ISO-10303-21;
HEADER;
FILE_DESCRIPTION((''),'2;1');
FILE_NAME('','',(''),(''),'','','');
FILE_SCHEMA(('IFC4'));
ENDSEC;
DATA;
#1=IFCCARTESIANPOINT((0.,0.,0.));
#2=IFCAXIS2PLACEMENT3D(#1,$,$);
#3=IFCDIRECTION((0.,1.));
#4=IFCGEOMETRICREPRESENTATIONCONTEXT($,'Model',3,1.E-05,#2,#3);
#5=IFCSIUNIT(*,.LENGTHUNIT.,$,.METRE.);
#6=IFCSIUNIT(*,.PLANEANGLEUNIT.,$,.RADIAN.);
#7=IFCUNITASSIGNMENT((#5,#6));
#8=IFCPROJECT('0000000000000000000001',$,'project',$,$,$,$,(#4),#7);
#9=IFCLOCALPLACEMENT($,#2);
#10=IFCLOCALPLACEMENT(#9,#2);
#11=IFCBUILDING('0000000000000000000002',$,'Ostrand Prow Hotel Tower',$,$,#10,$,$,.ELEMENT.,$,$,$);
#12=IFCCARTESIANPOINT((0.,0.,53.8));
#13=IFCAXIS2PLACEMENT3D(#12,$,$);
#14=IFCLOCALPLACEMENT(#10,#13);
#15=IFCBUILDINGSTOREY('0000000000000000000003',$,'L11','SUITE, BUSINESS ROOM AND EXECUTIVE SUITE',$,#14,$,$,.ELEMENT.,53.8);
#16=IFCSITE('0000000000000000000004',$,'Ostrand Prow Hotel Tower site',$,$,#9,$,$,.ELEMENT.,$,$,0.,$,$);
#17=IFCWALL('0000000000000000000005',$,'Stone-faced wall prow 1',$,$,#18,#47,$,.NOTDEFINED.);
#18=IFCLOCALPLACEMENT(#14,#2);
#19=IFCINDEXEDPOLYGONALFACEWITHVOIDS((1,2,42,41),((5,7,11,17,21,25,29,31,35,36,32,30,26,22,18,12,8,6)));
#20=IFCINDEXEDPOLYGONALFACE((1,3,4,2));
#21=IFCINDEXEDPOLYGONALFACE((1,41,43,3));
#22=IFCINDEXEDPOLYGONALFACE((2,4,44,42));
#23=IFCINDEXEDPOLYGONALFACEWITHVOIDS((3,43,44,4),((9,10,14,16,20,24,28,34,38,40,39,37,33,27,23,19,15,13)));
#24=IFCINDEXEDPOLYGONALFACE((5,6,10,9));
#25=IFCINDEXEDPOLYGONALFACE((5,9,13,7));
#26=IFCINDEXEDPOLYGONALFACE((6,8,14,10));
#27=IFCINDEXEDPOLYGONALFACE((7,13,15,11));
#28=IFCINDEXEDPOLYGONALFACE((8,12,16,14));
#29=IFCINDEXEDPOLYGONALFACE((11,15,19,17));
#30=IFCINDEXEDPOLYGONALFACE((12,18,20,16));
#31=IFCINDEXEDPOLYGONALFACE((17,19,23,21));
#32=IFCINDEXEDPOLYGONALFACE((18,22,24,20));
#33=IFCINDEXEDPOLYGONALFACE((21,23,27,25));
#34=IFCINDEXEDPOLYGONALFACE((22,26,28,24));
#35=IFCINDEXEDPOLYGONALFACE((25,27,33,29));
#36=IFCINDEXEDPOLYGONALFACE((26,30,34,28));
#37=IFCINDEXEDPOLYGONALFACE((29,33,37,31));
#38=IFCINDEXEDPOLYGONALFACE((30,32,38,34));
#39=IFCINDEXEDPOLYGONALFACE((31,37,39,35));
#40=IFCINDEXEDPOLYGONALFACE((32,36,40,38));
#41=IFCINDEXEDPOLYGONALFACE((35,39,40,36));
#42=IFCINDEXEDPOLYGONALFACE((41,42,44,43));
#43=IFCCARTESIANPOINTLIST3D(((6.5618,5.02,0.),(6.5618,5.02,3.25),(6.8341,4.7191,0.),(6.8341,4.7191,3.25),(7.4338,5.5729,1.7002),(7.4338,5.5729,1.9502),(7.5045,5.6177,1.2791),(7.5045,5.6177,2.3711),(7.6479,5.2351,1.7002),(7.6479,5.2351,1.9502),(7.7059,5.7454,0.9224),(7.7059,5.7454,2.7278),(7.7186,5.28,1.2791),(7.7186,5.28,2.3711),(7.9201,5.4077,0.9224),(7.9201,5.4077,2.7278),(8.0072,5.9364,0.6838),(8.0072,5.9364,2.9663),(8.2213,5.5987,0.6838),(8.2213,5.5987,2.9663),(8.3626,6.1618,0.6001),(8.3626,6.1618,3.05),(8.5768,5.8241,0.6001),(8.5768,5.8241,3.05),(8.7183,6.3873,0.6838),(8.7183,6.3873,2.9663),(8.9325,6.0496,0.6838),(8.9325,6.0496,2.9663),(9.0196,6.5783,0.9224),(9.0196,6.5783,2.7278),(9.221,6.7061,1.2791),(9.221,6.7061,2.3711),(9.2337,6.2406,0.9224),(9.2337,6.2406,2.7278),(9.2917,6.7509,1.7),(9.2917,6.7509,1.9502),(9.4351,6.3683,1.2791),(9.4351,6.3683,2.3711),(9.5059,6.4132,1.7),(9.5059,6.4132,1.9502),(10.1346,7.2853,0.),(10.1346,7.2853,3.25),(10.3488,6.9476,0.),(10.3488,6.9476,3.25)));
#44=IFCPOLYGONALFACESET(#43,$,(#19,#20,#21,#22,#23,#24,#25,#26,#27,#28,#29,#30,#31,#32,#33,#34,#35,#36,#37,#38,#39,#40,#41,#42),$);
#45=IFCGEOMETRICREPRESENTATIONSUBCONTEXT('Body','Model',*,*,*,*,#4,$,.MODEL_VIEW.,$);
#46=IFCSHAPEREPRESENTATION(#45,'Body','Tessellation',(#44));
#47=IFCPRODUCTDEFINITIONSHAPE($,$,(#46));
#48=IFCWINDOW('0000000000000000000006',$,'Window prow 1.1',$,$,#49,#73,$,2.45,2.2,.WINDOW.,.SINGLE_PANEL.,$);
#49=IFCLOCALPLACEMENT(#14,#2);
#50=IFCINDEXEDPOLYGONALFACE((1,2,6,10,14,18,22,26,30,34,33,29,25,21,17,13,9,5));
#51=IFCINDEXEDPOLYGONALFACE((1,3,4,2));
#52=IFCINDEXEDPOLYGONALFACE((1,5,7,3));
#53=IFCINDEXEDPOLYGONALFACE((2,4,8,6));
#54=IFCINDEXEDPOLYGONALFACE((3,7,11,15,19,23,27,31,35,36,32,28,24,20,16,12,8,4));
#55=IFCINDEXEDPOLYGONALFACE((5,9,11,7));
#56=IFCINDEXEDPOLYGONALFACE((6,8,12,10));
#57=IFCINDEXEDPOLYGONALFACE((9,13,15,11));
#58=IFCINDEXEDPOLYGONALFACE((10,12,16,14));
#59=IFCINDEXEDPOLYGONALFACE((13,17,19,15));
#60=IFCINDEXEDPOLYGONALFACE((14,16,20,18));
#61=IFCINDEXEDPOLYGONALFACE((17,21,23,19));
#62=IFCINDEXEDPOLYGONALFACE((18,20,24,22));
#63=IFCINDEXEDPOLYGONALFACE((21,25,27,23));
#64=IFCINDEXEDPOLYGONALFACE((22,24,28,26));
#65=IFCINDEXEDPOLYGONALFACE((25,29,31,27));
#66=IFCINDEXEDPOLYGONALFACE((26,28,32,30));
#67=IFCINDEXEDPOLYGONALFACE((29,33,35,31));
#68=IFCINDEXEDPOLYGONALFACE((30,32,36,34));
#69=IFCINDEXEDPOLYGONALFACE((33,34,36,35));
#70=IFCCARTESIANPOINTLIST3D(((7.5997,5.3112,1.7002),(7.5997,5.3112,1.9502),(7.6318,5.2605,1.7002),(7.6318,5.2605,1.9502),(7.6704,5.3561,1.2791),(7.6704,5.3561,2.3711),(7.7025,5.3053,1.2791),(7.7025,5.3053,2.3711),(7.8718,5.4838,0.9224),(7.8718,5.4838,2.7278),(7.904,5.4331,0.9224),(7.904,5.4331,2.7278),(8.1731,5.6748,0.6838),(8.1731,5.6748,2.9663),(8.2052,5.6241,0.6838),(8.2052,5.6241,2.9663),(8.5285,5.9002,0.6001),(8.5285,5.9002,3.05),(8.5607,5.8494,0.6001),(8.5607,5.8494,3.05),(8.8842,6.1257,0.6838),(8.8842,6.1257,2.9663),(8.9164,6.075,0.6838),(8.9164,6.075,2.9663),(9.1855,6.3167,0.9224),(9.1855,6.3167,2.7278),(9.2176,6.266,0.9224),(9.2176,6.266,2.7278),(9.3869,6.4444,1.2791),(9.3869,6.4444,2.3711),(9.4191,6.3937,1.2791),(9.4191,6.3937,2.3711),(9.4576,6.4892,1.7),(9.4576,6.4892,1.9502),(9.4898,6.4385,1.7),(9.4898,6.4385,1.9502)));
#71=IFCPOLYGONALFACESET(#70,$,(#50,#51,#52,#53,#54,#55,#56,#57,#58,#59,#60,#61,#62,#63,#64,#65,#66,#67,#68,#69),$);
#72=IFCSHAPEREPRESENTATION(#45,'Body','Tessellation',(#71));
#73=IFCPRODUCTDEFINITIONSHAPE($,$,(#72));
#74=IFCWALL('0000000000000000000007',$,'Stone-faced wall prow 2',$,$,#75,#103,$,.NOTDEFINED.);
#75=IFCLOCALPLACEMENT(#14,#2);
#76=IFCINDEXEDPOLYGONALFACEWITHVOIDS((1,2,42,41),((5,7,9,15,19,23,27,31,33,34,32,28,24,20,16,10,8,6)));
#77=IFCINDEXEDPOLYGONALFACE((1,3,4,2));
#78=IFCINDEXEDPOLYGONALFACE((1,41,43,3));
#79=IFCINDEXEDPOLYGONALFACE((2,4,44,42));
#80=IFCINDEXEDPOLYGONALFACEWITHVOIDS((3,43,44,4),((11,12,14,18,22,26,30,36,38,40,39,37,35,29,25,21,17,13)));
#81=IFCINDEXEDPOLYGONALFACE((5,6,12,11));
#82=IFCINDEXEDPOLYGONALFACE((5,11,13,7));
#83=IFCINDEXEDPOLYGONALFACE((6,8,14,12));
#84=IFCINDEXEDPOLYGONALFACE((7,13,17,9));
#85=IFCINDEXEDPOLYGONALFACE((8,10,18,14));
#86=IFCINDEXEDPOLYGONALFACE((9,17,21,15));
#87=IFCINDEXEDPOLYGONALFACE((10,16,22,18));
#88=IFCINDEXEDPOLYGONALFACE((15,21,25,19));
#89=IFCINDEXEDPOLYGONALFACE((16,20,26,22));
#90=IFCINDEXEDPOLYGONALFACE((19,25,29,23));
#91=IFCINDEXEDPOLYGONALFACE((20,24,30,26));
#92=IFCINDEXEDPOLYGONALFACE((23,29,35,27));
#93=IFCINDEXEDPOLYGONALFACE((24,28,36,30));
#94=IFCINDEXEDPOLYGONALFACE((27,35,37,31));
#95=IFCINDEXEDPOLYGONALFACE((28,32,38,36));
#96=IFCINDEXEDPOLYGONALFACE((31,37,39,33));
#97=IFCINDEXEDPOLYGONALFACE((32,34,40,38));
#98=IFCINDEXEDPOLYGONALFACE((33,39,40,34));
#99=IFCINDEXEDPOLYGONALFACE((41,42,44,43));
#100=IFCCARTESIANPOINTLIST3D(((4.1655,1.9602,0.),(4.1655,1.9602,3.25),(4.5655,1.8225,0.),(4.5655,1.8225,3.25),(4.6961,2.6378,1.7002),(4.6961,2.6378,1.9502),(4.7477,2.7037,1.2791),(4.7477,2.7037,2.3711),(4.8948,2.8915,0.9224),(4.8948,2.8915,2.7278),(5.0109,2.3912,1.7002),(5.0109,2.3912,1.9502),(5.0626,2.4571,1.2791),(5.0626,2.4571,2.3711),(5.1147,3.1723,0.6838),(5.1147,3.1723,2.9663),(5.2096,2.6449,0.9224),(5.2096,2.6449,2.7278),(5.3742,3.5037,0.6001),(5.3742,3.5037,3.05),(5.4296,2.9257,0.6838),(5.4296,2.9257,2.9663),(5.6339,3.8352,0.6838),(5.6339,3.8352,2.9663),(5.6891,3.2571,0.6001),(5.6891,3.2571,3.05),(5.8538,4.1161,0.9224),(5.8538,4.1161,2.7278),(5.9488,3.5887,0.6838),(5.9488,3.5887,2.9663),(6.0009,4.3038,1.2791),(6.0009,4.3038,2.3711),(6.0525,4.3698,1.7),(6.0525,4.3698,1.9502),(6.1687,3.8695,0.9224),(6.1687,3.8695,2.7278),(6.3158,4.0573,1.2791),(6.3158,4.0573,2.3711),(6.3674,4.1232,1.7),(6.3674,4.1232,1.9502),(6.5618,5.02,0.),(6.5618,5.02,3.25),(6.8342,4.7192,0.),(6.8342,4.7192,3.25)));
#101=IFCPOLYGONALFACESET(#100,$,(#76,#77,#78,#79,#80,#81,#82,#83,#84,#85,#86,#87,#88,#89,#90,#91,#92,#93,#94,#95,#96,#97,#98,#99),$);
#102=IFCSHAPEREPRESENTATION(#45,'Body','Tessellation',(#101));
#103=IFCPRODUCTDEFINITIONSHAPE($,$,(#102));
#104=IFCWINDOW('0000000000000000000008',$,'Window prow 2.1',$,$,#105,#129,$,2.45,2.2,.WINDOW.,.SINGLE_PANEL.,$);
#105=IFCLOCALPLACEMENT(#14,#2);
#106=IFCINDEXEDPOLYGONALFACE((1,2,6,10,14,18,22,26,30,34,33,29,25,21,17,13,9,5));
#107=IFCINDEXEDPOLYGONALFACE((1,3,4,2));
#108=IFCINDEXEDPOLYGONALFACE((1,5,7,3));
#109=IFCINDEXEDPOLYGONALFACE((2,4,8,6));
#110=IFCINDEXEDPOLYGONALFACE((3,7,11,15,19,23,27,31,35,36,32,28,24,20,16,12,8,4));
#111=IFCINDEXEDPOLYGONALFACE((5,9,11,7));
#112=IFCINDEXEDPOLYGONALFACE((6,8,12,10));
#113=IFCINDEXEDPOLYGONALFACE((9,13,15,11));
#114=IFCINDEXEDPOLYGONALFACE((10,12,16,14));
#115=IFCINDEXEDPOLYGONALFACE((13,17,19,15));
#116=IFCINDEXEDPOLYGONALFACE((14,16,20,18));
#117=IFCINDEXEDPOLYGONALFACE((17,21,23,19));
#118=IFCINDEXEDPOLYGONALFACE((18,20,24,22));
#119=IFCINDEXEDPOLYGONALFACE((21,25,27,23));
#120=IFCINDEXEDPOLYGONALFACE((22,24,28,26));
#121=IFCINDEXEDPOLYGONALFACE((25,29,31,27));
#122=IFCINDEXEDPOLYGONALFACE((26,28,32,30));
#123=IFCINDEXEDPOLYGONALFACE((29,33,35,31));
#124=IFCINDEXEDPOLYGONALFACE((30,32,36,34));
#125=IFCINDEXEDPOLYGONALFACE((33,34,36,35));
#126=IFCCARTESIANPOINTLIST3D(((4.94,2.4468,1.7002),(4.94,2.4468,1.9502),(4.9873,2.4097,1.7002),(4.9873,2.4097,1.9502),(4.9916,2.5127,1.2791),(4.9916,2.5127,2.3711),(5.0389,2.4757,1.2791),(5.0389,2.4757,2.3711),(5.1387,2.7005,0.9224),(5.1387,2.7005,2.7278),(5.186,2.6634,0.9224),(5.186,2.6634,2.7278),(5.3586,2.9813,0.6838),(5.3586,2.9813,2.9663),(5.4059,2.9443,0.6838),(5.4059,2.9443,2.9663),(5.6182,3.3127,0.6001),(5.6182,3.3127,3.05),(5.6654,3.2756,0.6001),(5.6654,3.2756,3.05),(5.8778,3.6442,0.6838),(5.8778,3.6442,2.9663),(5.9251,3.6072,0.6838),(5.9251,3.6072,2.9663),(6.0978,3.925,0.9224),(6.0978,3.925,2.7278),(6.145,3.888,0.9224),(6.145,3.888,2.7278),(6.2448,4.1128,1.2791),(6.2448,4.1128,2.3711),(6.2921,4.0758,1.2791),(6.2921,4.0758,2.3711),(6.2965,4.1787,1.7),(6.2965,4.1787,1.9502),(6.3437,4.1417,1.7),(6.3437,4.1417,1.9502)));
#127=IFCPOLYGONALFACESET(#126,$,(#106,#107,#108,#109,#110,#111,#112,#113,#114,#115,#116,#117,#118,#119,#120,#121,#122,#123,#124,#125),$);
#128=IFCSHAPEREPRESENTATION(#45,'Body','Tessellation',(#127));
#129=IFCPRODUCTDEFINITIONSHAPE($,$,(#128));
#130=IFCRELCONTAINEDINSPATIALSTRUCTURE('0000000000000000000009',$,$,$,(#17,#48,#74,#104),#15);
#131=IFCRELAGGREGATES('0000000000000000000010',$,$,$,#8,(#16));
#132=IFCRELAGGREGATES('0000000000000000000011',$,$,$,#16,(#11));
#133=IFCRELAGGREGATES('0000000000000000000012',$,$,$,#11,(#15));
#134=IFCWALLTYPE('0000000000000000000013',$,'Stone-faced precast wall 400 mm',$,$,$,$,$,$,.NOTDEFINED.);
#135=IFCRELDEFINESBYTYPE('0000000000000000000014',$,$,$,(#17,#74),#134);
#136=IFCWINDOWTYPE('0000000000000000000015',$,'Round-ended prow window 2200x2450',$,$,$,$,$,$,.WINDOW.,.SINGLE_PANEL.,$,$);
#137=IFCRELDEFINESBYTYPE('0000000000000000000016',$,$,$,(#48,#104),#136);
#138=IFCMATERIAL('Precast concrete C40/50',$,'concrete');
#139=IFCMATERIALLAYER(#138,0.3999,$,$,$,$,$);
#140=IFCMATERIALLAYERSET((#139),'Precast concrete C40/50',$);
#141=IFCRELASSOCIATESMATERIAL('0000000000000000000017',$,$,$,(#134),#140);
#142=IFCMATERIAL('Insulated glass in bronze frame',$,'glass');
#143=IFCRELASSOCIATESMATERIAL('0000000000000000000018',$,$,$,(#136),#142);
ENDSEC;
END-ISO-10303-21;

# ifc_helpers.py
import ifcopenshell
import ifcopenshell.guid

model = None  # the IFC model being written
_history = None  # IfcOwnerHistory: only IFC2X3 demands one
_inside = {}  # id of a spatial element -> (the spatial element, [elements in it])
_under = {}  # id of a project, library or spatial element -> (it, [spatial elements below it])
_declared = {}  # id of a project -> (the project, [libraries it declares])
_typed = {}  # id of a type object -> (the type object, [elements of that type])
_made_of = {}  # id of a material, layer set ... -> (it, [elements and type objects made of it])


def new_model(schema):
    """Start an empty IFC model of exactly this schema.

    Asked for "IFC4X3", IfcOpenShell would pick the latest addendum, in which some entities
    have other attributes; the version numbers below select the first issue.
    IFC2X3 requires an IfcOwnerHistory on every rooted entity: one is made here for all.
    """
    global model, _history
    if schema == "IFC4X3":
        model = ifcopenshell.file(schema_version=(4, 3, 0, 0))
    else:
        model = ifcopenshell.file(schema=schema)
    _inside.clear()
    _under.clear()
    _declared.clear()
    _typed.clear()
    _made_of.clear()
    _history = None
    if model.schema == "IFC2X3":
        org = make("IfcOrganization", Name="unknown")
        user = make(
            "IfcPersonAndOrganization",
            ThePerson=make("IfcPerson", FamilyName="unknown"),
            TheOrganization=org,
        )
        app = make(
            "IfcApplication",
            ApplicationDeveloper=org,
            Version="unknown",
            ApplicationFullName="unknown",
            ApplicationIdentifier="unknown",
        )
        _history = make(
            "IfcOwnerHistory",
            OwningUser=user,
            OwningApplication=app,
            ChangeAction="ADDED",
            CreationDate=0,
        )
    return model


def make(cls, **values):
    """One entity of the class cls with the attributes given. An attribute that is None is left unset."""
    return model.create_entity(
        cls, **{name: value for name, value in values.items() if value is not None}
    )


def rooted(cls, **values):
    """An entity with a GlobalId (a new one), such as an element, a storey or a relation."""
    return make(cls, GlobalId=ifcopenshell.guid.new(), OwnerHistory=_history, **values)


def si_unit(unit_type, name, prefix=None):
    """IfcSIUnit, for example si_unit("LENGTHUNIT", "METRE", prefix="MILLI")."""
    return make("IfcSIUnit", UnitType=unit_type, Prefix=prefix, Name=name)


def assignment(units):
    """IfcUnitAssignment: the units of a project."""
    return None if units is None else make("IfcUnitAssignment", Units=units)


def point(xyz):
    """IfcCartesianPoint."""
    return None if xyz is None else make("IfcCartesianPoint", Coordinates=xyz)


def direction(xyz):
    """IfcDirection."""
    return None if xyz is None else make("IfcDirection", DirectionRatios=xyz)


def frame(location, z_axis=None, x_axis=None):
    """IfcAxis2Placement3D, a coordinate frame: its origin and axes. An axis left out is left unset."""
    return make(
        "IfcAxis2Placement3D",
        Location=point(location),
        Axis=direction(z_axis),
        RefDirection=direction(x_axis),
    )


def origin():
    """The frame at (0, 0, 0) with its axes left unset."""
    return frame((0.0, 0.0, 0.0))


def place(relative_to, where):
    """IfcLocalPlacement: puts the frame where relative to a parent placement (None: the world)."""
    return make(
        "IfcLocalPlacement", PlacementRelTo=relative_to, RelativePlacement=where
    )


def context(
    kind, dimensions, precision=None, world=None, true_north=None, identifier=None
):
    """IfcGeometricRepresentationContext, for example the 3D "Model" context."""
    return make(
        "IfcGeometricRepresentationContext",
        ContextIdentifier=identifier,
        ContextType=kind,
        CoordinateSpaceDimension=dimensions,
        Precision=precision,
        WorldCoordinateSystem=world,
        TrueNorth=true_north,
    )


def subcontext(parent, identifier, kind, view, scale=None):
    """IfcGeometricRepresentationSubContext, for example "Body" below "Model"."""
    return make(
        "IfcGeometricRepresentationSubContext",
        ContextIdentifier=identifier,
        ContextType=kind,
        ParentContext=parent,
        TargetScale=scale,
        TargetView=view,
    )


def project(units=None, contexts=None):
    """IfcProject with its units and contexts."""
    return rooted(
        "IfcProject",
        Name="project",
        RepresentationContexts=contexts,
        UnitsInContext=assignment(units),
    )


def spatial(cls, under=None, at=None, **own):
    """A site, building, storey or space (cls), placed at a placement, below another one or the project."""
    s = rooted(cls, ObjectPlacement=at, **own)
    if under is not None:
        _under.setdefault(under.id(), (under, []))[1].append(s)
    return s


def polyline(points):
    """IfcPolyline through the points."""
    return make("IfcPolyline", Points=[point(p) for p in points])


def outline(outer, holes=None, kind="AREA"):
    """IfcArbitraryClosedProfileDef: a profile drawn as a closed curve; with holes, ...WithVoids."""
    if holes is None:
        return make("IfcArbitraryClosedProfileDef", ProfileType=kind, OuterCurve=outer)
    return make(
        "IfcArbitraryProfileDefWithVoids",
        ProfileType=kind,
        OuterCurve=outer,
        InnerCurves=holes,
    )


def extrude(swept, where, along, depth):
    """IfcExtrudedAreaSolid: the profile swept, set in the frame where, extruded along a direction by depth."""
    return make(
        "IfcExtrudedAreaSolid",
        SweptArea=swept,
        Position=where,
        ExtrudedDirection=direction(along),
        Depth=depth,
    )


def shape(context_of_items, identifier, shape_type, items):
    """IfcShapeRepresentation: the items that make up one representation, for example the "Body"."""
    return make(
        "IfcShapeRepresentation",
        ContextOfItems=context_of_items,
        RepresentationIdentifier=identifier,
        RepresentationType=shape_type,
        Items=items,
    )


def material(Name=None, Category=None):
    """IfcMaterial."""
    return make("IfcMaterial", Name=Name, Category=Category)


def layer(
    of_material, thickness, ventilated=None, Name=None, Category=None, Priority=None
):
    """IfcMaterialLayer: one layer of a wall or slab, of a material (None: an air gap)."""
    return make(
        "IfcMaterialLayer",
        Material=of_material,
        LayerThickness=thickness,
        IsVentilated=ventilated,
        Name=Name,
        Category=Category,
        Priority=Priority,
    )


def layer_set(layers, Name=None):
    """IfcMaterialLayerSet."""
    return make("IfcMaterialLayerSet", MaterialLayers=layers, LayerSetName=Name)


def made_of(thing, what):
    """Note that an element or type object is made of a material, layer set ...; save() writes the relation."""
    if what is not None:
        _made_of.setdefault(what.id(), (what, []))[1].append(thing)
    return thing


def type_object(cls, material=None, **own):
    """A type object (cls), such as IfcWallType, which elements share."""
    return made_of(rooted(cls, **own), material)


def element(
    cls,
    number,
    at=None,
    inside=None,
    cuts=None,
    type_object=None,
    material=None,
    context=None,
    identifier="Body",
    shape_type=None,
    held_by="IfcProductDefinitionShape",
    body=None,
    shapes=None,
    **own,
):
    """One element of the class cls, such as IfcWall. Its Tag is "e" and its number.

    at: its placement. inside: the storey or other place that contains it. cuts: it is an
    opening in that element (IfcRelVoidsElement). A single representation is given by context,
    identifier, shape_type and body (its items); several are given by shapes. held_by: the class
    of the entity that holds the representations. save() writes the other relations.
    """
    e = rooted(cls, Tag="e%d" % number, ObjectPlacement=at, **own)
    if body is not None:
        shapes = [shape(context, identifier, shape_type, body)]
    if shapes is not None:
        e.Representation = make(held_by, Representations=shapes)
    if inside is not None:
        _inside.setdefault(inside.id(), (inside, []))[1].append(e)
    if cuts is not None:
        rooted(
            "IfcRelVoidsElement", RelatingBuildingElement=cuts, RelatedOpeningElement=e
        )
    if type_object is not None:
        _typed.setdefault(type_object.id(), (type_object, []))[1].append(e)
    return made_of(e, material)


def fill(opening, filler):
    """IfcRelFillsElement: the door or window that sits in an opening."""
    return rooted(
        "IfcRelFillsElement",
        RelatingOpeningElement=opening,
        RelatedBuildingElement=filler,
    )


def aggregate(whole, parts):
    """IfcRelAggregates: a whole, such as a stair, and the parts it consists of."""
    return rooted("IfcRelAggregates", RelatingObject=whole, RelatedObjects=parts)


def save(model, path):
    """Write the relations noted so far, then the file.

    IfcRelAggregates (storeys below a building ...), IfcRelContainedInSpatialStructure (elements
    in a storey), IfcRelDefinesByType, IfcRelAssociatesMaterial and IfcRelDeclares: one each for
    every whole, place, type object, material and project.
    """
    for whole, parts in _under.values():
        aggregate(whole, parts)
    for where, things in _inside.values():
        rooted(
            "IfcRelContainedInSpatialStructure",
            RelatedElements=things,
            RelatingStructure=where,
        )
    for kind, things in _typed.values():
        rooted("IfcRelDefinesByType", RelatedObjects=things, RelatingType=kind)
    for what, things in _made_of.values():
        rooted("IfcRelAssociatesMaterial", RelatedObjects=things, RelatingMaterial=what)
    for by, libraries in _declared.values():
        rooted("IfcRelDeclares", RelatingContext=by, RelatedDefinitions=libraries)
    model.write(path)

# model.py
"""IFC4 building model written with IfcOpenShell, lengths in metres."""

from ifc_helpers import new_model, si_unit, direction, frame, origin, place, context, subcontext, project, spatial, polyline, outline, extrude, material, layer, layer_set, type_object, element, fill, save


model = new_model("IFC4")

# Units and contexts
model_context = context("Model", 3, precision=1e-05, world=origin(), true_north=direction((0.0, 1.0)))
body_context = subcontext(model_context, "Body", "Model", "MODEL_VIEW")
ifc_project = project(units=[si_unit("LENGTHUNIT", "METRE"), si_unit("PLANEANGLEUNIT", "RADIAN")], contexts=[model_context])

# Site, building, storey
site_placement = place(None, origin())
site = spatial("IfcSite", under=ifc_project, at=site_placement, Name="Ostrand Prow Hotel Tower site", CompositionType="ELEMENT", RefElevation=0.0)
building_placement = place(site_placement, origin())
building = spatial("IfcBuilding", under=site, at=building_placement, Name="Ostrand Prow Hotel Tower", CompositionType="ELEMENT")
storey_placement = place(building_placement, frame((0.0, 0.0, 53.8)))
storey = spatial("IfcBuildingStorey", under=building, at=storey_placement, Name="L11", Description="SUITE, BUSINESS ROOM AND EXECUTIVE SUITE", CompositionType="ELEMENT", Elevation=53.8)

# Walls, openings, windows
ifc_material_1 = material(Name="Precast concrete C40/50", Category="concrete")
ifc_layer_1 = layer(ifc_material_1, 0.3999)
ifc_layer_set_1 = layer_set([ifc_layer_1], Name="Precast concrete C40/50")
wall_type_1 = type_object("IfcWallType", Name="Stone-faced precast wall 400 mm", PredefinedType="NOTDEFINED", material=ifc_layer_set_1)
wall_1_placement = place(storey_placement, frame((10.2417, 7.1165, 0.0), z_axis=(0.0, 0.0, 1.0), x_axis=(-0.844552, -0.535474, 0.0)))
wall_1 = element("IfcWall", 1, at=wall_1_placement, inside=storey, type_object=wall_type_1, Name="Stone-faced wall prow 1", PredefinedType="NOTDEFINED", context=body_context, shape_type="SweptSolid", body=[
    extrude(outline(polyline([(0.0, -0.2), (4.2305, -0.2), (4.1616, 0.2), (0.0, 0.2), (0.0, -0.2)])), origin(), (0.0, 0.0, 1.0), 3.25),
])
opening_1_placement = place(wall_1_placement, frame((0.998, 0.0, 0.6001)))
opening_1 = element("IfcOpeningElement", 2, at=opening_1_placement, cuts=wall_1, PredefinedType="OPENING", context=body_context, shape_type="SweptSolid", body=[
    extrude(outline(polyline([(0.0, 1.3501), (0.0837, 1.771), (0.3223, 2.1277), (0.679, 2.3662), (1.1001, 2.45), (1.521, 2.3662), (1.8777, 2.1277), (2.1162, 1.771), (2.2, 1.3501), (2.2, 1.1001), (2.1162, 0.679), (1.8777, 0.3223), (1.521, 0.0837), (1.1001, 0.0), (0.679, 0.0837), (0.3223, 0.3223), (0.0837, 0.679), (0.0, 1.0999), (0.0, 1.3501)])), frame((0.0, 0.21, 0.0), z_axis=(0.0, -1.0, 0.0), x_axis=(1.0, 0.0, 0.0)), (0.0, 0.0, 1.0), 0.4199),
])
ifc_material_2 = material(Name="Insulated glass in bronze frame", Category="glass")
window_type = type_object("IfcWindowType", Name="Round-ended prow window 2200x2450", PartitioningType="SINGLE_PANEL", PredefinedType="WINDOW", material=ifc_material_2)
window_1_placement = place(opening_1_placement, origin())
window_1 = element("IfcWindow", 3, at=window_1_placement, inside=storey, type_object=window_type, Name="Window prow 1.1", OverallHeight=2.45, OverallWidth=2.2, PartitioningType="SINGLE_PANEL", PredefinedType="WINDOW", context=body_context, shape_type="SweptSolid", body=[
    extrude(outline(polyline([(0.0, 1.3501), (0.0837, 1.771), (0.3223, 2.1277), (0.679, 2.3662), (1.1001, 2.45), (1.521, 2.3662), (1.8777, 2.1277), (2.1162, 1.771), (2.2, 1.3501), (2.2, 1.1001), (2.1162, 0.679), (1.8777, 0.3223), (1.521, 0.0837), (1.1001, 0.0), (0.679, 0.0837), (0.3223, 0.3223), (0.0837, 0.679), (0.0, 1.0999), (0.0, 1.3501)])), frame((0.0, 0.1699, 0.0), z_axis=(0.0, -1.0, 0.0), x_axis=(1.0, 0.0, 0.0)), (0.0, 0.0, 1.0), 0.0601),
])
fill(opening_1, window_1)
wall_2_placement = place(storey_placement, frame((6.698, 4.8696, 0.0), z_axis=(0.0, 0.0, 1.0), x_axis=(-0.616587, -0.787287, 0.0)))
wall_2 = element("IfcWall", 4, at=wall_2_placement, inside=storey, type_object=wall_type_1, Name="Stone-faced wall prow 2", PredefinedType="NOTDEFINED", context=body_context, shape_type="SweptSolid", body=[
    extrude(outline(polyline([(-0.0344, -0.2), (3.8521, -0.2), (3.7139, 0.2), (0.0344, 0.2), (-0.0344, -0.2)])), origin(), (0.0, 0.0, 1.0), 3.25),
])
opening_2_placement = place(wall_2_placement, frame((0.7915, 0.0, 0.6001)))
opening_2 = element("IfcOpeningElement", 5, at=opening_2_placement, cuts=wall_2, PredefinedType="OPENING", context=body_context, shape_type="SweptSolid", body=[
    extrude(outline(polyline([(0.0, 1.3501), (0.0837, 1.771), (0.3223, 2.1277), (0.679, 2.3662), (1.1001, 2.45), (1.521, 2.3662), (1.8777, 2.1277), (2.1162, 1.771), (2.2, 1.3501), (2.2, 1.1001), (2.1162, 0.679), (1.8777, 0.3223), (1.521, 0.0837), (1.1001, 0.0), (0.679, 0.0837), (0.3223, 0.3223), (0.0837, 0.679), (0.0, 1.0999), (0.0, 1.3501)])), frame((0.0, 0.21, 0.0), z_axis=(0.0, -1.0, 0.0), x_axis=(1.0, 0.0, 0.0)), (0.0, 0.0, 1.0), 0.4199),
])
window_2_placement = place(opening_2_placement, origin())
window_2 = element("IfcWindow", 6, at=window_2_placement, inside=storey, type_object=window_type, Name="Window prow 2.1", OverallHeight=2.45, OverallWidth=2.2, PartitioningType="SINGLE_PANEL", PredefinedType="WINDOW", context=body_context, shape_type="SweptSolid", body=[
    extrude(outline(polyline([(0.0, 1.3501), (0.0837, 1.771), (0.3223, 2.1277), (0.679, 2.3662), (1.1001, 2.45), (1.521, 2.3662), (1.8777, 2.1277), (2.1162, 1.771), (2.2, 1.3501), (2.2, 1.1001), (2.1162, 0.679), (1.8777, 0.3223), (1.521, 0.0837), (1.1001, 0.0), (0.679, 0.0837), (0.3223, 0.3223), (0.0837, 0.679), (0.0, 1.0999), (0.0, 1.3501)])), frame((0.0, 0.1699, 0.0), z_axis=(0.0, -1.0, 0.0), x_axis=(1.0, 0.0, 0.0)), (0.0, 0.0, 1.0), 0.0601),
])
fill(opening_2, window_2)

save(model, "model.ifc")
